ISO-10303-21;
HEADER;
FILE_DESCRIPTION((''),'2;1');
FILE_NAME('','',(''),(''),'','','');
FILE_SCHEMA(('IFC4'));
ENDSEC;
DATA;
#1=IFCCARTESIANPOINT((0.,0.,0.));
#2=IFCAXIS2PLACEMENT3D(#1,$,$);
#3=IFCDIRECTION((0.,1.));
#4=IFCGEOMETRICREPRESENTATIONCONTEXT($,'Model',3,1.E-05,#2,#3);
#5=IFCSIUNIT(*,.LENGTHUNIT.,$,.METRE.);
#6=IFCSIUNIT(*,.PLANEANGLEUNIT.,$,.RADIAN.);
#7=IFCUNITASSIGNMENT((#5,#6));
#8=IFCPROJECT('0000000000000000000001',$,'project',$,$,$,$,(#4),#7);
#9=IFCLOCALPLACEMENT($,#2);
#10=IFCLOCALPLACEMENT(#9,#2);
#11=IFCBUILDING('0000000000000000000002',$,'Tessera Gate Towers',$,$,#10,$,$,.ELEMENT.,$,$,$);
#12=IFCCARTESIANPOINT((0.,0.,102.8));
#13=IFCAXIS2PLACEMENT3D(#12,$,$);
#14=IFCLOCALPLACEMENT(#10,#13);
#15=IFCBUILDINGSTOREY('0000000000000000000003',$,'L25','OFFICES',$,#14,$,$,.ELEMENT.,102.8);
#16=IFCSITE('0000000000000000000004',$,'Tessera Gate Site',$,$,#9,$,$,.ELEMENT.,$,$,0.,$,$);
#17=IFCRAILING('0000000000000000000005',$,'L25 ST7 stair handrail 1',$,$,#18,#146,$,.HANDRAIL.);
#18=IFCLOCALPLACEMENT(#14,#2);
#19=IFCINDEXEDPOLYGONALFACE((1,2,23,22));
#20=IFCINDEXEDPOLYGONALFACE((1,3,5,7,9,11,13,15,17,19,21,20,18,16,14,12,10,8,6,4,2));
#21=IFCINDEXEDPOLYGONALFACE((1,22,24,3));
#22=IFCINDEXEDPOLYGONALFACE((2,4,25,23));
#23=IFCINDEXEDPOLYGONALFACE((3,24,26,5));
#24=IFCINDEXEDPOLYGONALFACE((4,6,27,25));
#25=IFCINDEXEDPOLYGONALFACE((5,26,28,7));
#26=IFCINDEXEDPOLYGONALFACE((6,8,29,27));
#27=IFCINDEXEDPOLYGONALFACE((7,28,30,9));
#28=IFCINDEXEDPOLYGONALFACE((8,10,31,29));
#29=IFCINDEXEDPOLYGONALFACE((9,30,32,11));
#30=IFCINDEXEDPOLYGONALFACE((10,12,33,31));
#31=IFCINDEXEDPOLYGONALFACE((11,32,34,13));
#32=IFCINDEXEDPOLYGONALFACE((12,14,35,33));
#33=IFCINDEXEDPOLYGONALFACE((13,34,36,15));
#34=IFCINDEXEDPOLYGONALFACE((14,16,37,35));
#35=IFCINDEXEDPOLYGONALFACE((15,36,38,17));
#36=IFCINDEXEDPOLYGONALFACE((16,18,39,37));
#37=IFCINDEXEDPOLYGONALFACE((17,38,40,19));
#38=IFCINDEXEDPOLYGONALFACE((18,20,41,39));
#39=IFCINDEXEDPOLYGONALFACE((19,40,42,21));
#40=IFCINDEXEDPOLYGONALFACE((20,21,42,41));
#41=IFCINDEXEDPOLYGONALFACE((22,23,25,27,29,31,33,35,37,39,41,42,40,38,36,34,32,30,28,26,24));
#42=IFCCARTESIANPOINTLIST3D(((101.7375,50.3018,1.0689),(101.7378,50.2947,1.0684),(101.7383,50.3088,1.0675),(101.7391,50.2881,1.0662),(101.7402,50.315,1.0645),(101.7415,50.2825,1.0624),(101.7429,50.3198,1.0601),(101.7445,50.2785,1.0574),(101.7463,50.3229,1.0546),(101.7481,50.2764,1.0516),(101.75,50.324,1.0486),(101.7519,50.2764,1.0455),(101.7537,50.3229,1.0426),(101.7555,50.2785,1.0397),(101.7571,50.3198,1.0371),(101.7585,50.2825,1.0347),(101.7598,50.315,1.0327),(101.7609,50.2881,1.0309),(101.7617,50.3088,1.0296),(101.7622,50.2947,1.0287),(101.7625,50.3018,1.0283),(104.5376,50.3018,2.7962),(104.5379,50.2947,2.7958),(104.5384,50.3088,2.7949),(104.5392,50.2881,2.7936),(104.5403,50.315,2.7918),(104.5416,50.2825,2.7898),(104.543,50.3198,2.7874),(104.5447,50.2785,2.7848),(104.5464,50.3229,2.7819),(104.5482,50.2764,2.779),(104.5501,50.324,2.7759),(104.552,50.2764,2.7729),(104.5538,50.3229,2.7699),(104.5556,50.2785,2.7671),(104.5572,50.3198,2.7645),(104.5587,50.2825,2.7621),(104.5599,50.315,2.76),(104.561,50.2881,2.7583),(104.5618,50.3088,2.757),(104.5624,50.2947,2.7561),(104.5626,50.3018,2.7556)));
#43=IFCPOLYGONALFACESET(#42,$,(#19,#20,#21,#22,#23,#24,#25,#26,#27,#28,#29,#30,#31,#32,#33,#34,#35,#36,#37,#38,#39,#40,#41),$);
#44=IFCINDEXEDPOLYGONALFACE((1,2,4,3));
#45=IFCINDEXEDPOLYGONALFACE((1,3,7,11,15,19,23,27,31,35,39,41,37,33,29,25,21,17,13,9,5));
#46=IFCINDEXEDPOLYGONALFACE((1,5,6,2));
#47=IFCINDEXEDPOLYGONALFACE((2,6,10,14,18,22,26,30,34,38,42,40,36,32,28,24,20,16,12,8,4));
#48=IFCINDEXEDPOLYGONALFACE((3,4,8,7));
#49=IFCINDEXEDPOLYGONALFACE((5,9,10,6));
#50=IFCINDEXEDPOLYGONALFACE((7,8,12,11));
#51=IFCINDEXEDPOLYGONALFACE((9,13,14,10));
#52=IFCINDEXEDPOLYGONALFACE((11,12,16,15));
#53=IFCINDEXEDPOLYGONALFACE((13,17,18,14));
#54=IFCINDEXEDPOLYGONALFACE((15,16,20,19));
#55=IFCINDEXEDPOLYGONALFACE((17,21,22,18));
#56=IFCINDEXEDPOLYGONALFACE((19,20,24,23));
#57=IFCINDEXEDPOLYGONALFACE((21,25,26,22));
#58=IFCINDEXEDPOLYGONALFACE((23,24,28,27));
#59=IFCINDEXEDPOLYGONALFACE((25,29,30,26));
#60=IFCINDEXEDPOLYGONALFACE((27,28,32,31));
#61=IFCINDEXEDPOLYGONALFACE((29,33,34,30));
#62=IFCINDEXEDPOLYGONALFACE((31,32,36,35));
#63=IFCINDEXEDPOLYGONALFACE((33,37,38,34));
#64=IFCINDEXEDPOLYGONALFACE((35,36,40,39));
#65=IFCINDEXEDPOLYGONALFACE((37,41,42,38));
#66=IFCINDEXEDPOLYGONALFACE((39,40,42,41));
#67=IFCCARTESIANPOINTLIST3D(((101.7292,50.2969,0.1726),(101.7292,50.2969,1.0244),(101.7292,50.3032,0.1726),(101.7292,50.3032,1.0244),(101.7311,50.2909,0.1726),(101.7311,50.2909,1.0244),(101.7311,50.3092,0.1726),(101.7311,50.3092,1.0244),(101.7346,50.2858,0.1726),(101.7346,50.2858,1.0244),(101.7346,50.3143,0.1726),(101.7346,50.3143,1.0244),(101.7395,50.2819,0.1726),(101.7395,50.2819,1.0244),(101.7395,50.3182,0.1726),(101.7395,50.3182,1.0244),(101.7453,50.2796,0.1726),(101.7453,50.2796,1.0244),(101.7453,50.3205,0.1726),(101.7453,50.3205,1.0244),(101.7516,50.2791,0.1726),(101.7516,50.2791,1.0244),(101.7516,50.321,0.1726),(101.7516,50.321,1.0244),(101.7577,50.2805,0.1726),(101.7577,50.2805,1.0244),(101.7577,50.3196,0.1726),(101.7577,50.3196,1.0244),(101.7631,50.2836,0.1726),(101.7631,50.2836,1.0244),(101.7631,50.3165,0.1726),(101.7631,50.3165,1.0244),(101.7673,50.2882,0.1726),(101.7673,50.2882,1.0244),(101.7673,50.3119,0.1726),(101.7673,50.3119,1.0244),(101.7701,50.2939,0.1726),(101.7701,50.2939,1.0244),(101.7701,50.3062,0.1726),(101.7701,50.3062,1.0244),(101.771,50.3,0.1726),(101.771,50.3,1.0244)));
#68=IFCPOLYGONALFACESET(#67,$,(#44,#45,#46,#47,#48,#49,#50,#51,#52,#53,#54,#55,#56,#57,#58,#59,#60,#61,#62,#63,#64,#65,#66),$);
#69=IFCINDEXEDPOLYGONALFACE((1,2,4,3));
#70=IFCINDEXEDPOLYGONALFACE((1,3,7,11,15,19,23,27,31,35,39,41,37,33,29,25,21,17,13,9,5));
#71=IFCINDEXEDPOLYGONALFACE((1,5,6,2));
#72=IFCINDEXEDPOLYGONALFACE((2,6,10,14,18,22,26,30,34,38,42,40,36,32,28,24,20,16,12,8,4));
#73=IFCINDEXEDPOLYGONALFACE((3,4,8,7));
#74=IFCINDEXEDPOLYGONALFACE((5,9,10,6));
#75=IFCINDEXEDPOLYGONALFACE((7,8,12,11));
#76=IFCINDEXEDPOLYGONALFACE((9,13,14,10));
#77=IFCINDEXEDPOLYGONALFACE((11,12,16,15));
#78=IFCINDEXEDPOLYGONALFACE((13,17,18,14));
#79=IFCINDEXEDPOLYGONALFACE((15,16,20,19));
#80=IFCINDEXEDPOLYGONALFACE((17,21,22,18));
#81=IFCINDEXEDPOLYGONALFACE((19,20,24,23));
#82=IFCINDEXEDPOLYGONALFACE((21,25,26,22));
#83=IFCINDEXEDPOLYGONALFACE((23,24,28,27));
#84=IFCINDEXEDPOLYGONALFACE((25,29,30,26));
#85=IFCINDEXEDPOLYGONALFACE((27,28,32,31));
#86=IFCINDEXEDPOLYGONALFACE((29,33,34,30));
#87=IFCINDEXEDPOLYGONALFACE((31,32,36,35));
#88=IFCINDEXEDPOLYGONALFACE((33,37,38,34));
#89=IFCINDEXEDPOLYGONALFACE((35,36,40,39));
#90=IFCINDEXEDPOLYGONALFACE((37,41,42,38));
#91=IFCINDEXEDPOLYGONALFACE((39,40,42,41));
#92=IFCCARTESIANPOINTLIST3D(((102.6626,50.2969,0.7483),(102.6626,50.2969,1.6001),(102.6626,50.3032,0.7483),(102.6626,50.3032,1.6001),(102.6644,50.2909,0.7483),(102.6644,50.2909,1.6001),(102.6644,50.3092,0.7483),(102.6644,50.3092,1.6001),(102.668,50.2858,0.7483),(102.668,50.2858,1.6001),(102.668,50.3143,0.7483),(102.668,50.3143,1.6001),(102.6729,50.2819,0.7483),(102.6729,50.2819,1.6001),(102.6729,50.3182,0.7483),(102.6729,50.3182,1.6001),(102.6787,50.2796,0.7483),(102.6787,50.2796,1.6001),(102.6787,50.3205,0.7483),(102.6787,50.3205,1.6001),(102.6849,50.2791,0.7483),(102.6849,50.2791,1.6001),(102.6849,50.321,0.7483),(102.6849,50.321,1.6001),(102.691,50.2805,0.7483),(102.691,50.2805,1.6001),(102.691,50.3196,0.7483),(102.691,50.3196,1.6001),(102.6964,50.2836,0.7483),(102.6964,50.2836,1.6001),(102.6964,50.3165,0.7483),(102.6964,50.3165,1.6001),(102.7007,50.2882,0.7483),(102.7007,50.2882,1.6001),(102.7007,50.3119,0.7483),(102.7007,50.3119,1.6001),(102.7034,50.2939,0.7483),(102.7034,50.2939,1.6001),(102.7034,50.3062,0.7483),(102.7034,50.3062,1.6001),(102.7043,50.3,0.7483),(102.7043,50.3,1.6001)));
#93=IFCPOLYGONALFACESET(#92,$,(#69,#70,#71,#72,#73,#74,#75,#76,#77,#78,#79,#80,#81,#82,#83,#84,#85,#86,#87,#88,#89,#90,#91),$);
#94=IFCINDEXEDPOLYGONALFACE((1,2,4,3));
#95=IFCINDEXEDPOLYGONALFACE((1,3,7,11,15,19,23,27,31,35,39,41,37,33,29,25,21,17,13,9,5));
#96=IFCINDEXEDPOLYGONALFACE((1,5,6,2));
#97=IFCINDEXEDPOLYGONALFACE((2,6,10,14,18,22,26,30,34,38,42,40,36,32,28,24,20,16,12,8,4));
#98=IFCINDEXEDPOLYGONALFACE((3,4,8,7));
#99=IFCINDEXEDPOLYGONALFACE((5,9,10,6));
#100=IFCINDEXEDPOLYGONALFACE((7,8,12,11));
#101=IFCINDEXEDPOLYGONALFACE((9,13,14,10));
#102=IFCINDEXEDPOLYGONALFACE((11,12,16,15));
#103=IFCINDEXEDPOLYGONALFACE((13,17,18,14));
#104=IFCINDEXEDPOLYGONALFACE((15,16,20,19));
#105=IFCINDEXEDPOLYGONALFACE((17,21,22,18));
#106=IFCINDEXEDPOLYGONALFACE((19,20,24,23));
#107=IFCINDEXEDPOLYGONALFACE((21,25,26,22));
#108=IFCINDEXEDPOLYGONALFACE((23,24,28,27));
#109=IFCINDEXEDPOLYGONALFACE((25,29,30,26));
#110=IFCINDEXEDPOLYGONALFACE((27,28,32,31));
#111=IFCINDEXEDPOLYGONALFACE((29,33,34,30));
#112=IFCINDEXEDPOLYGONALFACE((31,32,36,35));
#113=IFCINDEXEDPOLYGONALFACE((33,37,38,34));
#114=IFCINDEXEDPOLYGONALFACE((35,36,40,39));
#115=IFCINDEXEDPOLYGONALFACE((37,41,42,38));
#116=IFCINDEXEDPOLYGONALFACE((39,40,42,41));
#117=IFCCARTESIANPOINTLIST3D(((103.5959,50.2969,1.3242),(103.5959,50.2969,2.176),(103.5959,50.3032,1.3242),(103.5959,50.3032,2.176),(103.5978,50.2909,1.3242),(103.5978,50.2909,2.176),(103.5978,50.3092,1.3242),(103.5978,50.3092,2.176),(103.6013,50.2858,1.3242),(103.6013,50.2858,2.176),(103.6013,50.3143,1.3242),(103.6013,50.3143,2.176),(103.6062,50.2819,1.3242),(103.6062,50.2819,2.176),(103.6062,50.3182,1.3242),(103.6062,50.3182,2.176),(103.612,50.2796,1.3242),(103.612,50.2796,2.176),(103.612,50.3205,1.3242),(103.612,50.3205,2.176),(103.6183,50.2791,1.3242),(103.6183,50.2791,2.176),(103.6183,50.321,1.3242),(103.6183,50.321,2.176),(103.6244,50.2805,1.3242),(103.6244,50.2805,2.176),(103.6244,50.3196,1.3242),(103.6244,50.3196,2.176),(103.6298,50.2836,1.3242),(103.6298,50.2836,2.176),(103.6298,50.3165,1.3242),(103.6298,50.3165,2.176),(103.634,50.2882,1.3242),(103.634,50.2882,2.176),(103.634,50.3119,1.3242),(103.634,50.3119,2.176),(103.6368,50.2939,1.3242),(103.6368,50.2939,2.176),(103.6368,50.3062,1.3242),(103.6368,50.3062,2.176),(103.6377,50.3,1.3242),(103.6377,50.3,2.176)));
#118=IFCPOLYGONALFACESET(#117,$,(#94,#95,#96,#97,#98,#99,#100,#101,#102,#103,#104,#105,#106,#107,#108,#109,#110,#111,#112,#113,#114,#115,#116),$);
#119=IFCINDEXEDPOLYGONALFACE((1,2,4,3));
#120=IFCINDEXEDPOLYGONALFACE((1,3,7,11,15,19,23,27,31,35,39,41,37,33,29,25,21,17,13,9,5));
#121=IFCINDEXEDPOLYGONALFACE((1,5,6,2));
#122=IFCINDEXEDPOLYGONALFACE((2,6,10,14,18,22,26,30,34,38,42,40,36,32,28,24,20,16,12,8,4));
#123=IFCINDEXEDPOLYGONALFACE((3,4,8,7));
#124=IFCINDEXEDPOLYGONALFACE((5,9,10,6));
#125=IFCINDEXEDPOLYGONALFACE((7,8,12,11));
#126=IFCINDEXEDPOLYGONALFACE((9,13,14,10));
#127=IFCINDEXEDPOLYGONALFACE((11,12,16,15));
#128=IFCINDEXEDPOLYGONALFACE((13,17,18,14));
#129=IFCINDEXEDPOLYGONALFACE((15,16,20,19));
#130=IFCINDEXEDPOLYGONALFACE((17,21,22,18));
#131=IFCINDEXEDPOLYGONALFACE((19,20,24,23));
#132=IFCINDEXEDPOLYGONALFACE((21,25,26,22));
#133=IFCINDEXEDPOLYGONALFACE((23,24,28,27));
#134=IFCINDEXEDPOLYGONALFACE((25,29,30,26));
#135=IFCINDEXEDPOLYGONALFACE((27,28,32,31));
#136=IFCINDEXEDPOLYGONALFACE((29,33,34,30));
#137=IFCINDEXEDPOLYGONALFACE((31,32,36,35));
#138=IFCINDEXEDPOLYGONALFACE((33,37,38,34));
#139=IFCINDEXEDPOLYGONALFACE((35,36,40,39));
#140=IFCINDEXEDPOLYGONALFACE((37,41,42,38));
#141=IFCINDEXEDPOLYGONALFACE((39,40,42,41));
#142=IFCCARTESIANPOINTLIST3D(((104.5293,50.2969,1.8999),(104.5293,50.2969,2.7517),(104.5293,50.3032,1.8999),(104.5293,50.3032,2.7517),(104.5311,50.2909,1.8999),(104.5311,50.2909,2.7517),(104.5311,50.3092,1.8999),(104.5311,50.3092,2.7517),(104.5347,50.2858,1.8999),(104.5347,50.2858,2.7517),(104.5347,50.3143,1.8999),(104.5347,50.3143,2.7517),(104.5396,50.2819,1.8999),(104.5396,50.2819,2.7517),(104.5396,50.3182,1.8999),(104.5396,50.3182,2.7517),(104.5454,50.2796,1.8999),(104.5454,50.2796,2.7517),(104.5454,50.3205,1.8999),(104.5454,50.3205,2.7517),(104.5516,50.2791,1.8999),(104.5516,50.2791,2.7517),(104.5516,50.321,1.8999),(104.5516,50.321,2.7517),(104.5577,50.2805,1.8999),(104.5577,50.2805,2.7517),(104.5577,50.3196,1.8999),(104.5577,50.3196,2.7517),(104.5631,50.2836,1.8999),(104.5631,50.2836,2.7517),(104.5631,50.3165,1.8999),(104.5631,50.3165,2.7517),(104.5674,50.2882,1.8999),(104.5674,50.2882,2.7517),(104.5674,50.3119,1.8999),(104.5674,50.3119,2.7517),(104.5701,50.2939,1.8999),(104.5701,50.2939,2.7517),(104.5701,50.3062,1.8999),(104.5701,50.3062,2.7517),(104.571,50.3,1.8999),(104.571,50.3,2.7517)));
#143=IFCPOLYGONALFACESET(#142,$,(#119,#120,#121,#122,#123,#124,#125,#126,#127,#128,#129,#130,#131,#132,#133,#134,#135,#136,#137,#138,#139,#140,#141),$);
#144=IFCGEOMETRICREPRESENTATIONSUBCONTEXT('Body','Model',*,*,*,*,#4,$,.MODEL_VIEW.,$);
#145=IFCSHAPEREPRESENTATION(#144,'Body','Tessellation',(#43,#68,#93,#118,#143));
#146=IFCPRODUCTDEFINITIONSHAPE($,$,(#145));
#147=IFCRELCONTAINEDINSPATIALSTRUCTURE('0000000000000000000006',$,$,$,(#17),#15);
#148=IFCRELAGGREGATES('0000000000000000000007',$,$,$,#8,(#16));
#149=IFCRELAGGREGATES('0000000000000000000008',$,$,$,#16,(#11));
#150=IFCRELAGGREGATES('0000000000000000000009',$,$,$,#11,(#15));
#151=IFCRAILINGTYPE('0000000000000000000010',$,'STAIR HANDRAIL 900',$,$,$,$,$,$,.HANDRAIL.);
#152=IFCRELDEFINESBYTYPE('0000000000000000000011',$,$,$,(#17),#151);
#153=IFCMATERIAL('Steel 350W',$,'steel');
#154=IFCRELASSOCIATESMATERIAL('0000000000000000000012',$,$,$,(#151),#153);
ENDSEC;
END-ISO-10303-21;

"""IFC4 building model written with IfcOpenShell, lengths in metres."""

from ifc_helpers import new_model, si_unit, direction, frame, origin, origin_2d, place, context, subcontext, project, spatial, circle, extrude, material, type_object, element, save


model = new_model("IFC4")

# Units and contexts
model_context = context("Model", 3, precision=1e-05, world=origin(), true_north=direction((0.0, 1.0)))
body_context = subcontext(model_context, "Body", "Model", "MODEL_VIEW")
ifc_project = project(units=[si_unit("LENGTHUNIT", "METRE"), si_unit("PLANEANGLEUNIT", "RADIAN")], contexts=[model_context])

# Site, building, storey
site_placement = place(None, origin())
site = spatial("IfcSite", under=ifc_project, at=site_placement, Name="Tessera Gate Site", CompositionType="ELEMENT", RefElevation=0.0)
building_placement = place(site_placement, origin())
building = spatial("IfcBuilding", under=site, at=building_placement, Name="Tessera Gate Towers", CompositionType="ELEMENT")
storey_placement = place(building_placement, frame((0.0, 0.0, 102.8)))
storey = spatial("IfcBuildingStorey", under=building, at=storey_placement, Name="L25", Description="OFFICES", CompositionType="ELEMENT", Elevation=102.8)

# Railing
ifc_material_1 = material(Name="Steel 350W", Category="steel")
railing_type_1 = type_object("IfcRailingType", Name="STAIR HANDRAIL 900", PredefinedType="HANDRAIL", material=ifc_material_1)
railing_1_placement = place(storey_placement, frame((101.75, 50.3, 0.1726)))
element("IfcRailing", 1, at=railing_1_placement, inside=storey, type_object=railing_type_1, Name="L25 ST7 stair handrail 1", PredefinedType="HANDRAIL", context=body_context, shape_type="SweptSolid", body=[
    extrude(circle(Radius=0.0239, at=origin_2d()), frame((0.0, 0.0, 0.876), z_axis=(0.85109, 0.0, 0.52502), x_axis=(0.0, 1.0, 0.0)), (0.0, 0.0, 1.0), 3.29),
    extrude(circle(Radius=0.021, at=origin_2d()), origin(), (0.0, 0.0, 1.0), 0.8518),
    extrude(circle(Radius=0.021, at=origin_2d()), frame((0.9333, 0.0, 0.5757)), (0.0, 0.0, 1.0), 0.8518),
    extrude(circle(Radius=0.021, at=origin_2d()), frame((1.8667, 0.0, 1.1516)), (0.0, 0.0, 1.0), 0.8518),
    extrude(circle(Radius=0.021, at=origin_2d()), frame((2.8, 0.0, 1.7273)), (0.0, 0.0, 1.0), 0.8518),
])

save(model, "model.ifc")
